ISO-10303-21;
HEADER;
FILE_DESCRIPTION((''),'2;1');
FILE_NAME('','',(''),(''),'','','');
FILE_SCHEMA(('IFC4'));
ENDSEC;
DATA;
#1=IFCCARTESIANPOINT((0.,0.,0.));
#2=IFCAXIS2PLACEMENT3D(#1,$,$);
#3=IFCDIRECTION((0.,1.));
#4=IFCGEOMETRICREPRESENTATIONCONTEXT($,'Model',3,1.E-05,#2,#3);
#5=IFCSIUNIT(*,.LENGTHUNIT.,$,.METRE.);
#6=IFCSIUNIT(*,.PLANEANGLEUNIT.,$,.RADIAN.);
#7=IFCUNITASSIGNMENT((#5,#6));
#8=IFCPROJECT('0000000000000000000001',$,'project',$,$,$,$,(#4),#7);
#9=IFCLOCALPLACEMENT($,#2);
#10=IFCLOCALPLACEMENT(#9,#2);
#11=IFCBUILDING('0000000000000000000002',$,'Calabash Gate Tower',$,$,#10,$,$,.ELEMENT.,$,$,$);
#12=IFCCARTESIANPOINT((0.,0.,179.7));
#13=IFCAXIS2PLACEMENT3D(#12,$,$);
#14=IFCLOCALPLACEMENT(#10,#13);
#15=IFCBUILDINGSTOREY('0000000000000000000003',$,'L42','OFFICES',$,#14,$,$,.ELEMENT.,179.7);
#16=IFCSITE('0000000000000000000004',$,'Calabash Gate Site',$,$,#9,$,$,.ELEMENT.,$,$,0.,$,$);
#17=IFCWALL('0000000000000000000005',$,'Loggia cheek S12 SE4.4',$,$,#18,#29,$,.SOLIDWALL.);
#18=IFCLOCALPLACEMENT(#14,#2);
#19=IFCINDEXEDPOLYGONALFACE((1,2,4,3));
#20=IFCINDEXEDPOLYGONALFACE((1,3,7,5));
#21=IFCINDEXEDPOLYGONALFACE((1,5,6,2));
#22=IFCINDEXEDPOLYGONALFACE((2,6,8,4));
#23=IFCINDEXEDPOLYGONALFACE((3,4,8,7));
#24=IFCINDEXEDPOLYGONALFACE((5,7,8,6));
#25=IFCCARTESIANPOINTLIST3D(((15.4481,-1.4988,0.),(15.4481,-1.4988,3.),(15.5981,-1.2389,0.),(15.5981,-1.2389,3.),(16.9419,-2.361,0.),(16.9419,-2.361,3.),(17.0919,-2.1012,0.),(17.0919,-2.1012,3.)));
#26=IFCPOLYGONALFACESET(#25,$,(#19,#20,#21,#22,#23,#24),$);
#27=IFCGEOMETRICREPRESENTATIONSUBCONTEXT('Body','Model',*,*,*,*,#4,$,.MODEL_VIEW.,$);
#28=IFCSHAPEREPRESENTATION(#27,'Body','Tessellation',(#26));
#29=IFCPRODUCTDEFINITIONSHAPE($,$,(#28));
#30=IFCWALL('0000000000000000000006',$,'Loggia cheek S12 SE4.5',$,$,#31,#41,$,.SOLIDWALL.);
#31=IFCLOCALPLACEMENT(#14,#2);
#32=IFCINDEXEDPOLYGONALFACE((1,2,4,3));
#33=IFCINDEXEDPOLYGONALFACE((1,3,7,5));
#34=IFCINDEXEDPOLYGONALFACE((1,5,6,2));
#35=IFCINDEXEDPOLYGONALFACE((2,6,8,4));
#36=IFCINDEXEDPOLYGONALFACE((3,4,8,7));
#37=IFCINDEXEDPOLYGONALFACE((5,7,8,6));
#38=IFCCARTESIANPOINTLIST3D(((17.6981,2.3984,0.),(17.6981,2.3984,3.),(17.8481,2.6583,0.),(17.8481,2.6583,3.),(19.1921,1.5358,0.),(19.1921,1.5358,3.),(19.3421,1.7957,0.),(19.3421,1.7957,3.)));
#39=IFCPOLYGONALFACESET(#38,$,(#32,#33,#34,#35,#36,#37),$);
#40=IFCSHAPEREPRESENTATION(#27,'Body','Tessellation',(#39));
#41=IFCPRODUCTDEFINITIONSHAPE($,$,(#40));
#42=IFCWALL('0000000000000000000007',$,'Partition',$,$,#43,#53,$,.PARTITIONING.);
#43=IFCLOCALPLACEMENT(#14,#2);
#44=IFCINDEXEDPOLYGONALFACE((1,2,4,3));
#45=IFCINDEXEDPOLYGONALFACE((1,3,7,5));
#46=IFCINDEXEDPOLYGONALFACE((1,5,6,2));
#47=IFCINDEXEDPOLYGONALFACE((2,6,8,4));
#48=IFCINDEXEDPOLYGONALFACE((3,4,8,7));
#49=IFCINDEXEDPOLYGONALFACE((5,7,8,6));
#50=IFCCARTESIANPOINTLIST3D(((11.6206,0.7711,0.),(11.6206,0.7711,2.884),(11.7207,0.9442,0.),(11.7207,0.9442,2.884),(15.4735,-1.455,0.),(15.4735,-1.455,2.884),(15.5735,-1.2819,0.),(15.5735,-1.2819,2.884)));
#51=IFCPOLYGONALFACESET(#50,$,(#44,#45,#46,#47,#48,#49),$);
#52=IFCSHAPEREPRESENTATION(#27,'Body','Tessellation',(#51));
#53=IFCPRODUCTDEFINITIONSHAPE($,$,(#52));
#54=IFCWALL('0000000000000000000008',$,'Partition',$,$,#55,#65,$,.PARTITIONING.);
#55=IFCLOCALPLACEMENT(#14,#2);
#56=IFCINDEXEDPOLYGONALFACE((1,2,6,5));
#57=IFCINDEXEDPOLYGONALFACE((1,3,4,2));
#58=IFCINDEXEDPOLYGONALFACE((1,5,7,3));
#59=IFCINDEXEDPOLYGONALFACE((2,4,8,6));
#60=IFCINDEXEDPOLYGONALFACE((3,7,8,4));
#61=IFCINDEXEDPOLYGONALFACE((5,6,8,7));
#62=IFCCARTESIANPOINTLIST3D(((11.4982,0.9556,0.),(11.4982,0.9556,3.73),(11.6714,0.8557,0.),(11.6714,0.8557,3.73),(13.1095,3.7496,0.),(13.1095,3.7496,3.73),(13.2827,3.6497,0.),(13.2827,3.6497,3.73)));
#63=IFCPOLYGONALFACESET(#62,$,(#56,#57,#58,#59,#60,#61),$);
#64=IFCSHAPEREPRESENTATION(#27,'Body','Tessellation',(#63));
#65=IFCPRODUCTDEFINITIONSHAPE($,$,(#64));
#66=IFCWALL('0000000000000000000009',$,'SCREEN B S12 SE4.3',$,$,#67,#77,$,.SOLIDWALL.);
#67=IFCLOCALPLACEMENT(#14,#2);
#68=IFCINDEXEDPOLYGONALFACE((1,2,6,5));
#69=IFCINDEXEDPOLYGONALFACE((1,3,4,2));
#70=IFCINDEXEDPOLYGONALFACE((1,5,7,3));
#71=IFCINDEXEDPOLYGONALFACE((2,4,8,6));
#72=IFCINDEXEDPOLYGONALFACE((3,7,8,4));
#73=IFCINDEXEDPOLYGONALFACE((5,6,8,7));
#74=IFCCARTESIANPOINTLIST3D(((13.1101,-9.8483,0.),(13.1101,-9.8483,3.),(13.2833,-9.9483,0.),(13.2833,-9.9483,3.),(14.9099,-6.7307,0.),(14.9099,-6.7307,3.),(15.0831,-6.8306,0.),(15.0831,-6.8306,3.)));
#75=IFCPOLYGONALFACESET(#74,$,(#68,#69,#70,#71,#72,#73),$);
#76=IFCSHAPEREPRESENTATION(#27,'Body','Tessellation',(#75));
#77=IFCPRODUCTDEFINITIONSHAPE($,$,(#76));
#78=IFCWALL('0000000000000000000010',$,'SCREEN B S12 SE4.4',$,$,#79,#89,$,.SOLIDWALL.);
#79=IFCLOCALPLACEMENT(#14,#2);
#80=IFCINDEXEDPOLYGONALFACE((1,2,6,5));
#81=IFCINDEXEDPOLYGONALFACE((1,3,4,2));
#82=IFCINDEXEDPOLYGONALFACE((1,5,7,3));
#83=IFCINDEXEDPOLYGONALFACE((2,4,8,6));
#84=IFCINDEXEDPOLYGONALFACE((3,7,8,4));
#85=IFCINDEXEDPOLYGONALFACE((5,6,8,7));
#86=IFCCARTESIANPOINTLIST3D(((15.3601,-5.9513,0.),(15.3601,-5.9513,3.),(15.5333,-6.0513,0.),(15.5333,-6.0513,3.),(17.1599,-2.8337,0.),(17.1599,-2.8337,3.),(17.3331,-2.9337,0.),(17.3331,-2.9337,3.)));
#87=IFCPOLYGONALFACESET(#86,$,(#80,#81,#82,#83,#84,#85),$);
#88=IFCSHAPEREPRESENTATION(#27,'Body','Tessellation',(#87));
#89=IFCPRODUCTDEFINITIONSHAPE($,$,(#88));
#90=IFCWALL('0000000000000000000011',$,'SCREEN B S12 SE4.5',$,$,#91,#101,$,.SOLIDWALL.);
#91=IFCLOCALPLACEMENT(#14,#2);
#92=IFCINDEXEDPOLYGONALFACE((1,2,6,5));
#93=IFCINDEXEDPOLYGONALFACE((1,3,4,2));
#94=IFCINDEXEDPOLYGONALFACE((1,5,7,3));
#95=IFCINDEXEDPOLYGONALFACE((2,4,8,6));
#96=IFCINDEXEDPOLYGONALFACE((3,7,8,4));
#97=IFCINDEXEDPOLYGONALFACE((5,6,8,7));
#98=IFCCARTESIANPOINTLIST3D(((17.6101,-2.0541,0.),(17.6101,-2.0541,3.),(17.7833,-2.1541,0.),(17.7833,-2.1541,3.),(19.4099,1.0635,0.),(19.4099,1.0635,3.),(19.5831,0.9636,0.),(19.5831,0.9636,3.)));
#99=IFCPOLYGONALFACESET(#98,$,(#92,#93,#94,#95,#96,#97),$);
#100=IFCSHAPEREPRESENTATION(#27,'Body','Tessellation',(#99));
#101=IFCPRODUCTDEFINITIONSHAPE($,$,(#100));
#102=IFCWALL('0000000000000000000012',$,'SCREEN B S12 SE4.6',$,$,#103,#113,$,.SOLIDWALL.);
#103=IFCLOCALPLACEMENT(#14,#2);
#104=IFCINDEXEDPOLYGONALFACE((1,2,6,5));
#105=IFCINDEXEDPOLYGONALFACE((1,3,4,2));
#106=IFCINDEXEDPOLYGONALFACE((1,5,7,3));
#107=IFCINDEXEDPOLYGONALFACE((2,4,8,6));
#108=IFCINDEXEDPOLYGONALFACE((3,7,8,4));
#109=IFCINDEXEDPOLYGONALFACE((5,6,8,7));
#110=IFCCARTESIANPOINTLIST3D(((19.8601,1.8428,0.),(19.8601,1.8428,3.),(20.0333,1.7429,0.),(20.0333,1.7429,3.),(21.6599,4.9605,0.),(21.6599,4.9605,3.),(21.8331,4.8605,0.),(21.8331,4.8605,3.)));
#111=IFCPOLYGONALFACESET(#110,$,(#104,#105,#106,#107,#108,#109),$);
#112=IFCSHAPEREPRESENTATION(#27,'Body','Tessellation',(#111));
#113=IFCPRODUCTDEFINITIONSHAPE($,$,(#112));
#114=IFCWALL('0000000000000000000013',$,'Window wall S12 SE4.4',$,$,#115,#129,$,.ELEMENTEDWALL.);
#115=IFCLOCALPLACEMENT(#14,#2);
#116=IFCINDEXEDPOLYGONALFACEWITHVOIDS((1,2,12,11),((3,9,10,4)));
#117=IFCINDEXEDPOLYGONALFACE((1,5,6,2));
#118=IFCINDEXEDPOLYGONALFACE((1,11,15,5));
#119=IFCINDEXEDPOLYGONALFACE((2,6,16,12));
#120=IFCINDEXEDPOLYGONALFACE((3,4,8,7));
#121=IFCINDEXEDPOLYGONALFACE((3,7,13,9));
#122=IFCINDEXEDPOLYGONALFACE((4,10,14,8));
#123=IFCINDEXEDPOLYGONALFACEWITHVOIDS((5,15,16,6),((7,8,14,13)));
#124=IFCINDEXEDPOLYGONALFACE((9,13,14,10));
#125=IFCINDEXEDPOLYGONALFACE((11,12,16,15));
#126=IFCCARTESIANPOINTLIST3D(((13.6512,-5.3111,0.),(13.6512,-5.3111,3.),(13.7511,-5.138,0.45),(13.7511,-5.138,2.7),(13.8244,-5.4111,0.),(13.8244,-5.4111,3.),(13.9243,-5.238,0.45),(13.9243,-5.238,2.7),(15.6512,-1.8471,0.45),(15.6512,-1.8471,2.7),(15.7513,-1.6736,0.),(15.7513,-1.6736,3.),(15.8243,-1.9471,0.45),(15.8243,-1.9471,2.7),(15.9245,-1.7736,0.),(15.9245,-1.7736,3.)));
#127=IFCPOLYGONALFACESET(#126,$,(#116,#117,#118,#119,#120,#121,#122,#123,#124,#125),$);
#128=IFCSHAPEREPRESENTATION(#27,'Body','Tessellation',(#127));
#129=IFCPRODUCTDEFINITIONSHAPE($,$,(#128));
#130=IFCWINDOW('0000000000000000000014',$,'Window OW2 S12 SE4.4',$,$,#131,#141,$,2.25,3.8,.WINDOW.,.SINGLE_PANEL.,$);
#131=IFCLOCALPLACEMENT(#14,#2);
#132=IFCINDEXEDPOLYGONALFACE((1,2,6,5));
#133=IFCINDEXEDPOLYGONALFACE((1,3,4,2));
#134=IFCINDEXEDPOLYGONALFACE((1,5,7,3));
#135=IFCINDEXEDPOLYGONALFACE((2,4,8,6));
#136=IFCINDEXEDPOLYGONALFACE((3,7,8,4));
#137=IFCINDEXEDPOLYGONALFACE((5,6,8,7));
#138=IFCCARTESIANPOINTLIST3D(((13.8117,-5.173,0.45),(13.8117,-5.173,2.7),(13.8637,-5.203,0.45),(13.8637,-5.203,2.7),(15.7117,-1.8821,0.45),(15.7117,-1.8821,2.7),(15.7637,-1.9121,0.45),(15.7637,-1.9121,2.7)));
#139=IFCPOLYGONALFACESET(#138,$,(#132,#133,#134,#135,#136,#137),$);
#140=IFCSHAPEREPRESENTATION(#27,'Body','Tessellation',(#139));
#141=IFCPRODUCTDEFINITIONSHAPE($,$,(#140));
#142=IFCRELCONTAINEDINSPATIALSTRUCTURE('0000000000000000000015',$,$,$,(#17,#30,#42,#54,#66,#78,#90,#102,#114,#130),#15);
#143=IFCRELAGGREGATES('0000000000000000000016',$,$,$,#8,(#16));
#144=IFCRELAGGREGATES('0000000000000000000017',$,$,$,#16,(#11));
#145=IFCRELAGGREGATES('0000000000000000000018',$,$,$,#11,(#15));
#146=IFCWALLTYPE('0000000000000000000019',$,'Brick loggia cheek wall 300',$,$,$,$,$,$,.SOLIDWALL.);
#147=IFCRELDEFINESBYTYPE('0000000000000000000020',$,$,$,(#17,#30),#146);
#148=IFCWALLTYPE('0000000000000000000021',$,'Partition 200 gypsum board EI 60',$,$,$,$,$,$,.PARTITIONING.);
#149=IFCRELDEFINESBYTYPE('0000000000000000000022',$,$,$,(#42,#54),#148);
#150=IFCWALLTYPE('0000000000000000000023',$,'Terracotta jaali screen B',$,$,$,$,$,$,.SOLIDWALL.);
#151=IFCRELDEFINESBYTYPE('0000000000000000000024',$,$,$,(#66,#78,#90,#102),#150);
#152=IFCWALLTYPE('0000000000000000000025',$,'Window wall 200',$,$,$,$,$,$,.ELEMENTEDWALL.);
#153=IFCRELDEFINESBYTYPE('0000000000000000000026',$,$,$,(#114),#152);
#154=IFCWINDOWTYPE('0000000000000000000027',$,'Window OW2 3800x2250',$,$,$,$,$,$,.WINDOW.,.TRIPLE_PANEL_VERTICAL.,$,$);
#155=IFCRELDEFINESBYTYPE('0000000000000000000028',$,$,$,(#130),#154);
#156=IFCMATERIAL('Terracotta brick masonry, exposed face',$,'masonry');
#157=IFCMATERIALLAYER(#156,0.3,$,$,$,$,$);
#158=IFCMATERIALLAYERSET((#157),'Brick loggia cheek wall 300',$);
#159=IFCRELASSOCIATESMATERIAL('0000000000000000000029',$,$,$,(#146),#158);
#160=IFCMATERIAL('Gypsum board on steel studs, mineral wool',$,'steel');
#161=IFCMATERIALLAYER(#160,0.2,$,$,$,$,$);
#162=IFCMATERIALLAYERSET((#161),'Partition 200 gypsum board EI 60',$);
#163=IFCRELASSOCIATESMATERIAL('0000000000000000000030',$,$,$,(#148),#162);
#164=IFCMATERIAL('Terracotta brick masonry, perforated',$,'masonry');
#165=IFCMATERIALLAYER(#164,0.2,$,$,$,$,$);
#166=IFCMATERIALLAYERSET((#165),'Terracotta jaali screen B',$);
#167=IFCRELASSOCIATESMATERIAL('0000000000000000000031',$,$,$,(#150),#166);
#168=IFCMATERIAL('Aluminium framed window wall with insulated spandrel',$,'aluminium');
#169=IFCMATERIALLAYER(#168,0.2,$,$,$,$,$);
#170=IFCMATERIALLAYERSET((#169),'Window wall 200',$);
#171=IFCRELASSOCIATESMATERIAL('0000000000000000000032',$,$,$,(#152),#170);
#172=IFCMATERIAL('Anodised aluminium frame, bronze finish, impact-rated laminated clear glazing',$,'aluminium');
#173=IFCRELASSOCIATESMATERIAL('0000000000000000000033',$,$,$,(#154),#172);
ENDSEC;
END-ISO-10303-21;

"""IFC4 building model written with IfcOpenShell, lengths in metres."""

from ifc_helpers import new_model, si_unit, direction, frame, frame_2d, origin, place, context, subcontext, project, spatial, rectangle, extrude, material, layer, layer_set, type_object, element, fill, save


model = new_model("IFC4")

# Units and contexts
model_context = context("Model", 3, precision=1e-05, world=origin(), true_north=direction((0.0, 1.0)))
body_context = subcontext(model_context, "Body", "Model", "MODEL_VIEW")
ifc_project = project(units=[si_unit("LENGTHUNIT", "METRE"), si_unit("PLANEANGLEUNIT", "RADIAN")], contexts=[model_context])

# Site, building, storey
site_placement = place(None, origin())
site = spatial("IfcSite", under=ifc_project, at=site_placement, Name="Calabash Gate Site", CompositionType="ELEMENT", RefElevation=0.0)
building_placement = place(site_placement, origin())
building = spatial("IfcBuilding", under=site, at=building_placement, Name="Calabash Gate Tower", CompositionType="ELEMENT")
storey_placement = place(building_placement, frame((0.0, 0.0, 179.7)))
storey = spatial("IfcBuildingStorey", under=building, at=storey_placement, Name="L42", Description="OFFICES", CompositionType="ELEMENT", Elevation=179.7)

# Walls
ifc_material_1 = material(Name="Terracotta brick masonry, exposed face", Category="masonry")
ifc_layer_1 = layer(ifc_material_1, 0.3)
ifc_layer_set_1 = layer_set([ifc_layer_1], Name="Brick loggia cheek wall 300")
wall_type_1 = type_object("IfcWallType", Name="Brick loggia cheek wall 300", PredefinedType="SOLIDWALL", material=ifc_layer_set_1)
wall_1_placement = place(storey_placement, frame((15.5232, -1.3689, 0.0), z_axis=(0.0, 0.0, 1.0), x_axis=(0.866075, -0.499914, 0.0)))
element("IfcWall", 1, at=wall_1_placement, inside=storey, type_object=wall_type_1, Name="Loggia cheek S12 SE4.4", PredefinedType="SOLIDWALL", context=body_context, shape_type="SweptSolid", body=[
    extrude(rectangle(XDim=1.7249, YDim=0.3, at=frame_2d((0.8623, 0.0))), origin(), (0.0, 0.0, 1.0), 3.0),
])
wall_2_placement = place(storey_placement, frame((19.2671, 1.6658, 0.0), z_axis=(0.0, 0.0, 1.0), x_axis=(-0.866014, 0.500021, 0.0)))
element("IfcWall", 2, at=wall_2_placement, inside=storey, type_object=wall_type_1, Name="Loggia cheek S12 SE4.5", PredefinedType="SOLIDWALL", context=body_context, shape_type="SweptSolid", body=[
    extrude(rectangle(XDim=1.7251, YDim=0.3, at=frame_2d((0.8625, 0.0))), origin(), (0.0, 0.0, 1.0), 3.0),
])
ifc_material_2 = material(Name="Gypsum board on steel studs, mineral wool", Category="steel")
ifc_layer_2 = layer(ifc_material_2, 0.2)
ifc_layer_set_2 = layer_set([ifc_layer_2], Name="Partition 200 gypsum board EI 60")
wall_type_2 = type_object("IfcWallType", Name="Partition 200 gypsum board EI 60", PredefinedType="PARTITIONING", material=ifc_layer_set_2)
wall_3_placement = place(storey_placement, frame((11.6707, 0.8577, 0.0), z_axis=(0.0, 0.0, 1.0), x_axis=(0.865863, -0.500281, 0.0)))
element("IfcWall", 3, at=wall_3_placement, inside=storey, type_object=wall_type_2, Name="Partition", PredefinedType="PARTITIONING", context=body_context, shape_type="SweptSolid", body=[
    extrude(rectangle(XDim=4.4497, YDim=0.2, at=frame_2d((2.2249, 0.0))), origin(), (0.0, 0.0, 1.0), 2.884),
])
wall_4_placement = place(storey_placement, frame((11.5847, 0.9055, 0.0), z_axis=(0.0, 0.0, 1.0), x_axis=(0.499591, 0.866261, 0.0)))
element("IfcWall", 4, at=wall_4_placement, inside=storey, type_object=wall_type_2, Name="Partition", PredefinedType="PARTITIONING", context=body_context, shape_type="SweptSolid", body=[
    extrude(rectangle(XDim=3.2253, YDim=0.2, at=frame_2d((1.6128, 0.0))), origin(), (0.0, 0.0, 1.0), 3.73),
])
ifc_material_3 = material(Name="Terracotta brick masonry, perforated", Category="masonry")
ifc_layer_3 = layer(ifc_material_3, 0.2)
ifc_layer_set_3 = layer_set([ifc_layer_3], Name="Terracotta jaali screen B")
wall_type_3 = type_object("IfcWallType", Name="Terracotta jaali screen B", PredefinedType="SOLIDWALL", material=ifc_layer_set_3)
for number, where, z_axis, x_axis, name in (
    (5, (13.1968, -9.8982, 0.0), (0.0, 0.0, 1.0), (0.499961, 0.866048, 0.0), "SCREEN B S12 SE4.3"),
    (6, (15.4468, -6.0012, 0.0), (0.0, 0.0, 1.0), (0.499961, 0.866048, 0.0), "SCREEN B S12 SE4.4"),
    (7, (17.6968, -2.104, 0.0), (0.0, 0.0, 1.0), (0.499961, 0.866048, 0.0), "SCREEN B S12 SE4.5"),
    (8, (19.9468, 1.793, 0.0), (0.0, 0.0, 1.0), (0.499961, 0.866048, 0.0), "SCREEN B S12 SE4.6"),
):
    element("IfcWall", number, at=place(storey_placement, frame(where, z_axis=z_axis, x_axis=x_axis)), inside=storey, type_object=wall_type_3, Name=name, PredefinedType="SOLIDWALL", context=body_context, shape_type="SweptSolid", body=[
        extrude(rectangle(XDim=3.5999, YDim=0.2, at=frame_2d((1.7998, 0.0))), origin(), (0.0, 0.0, 1.0), 3.0),
    ])

# Wall, opening, window
ifc_material_4 = material(Name="Aluminium framed window wall with insulated spandrel", Category="aluminium")
ifc_layer_4 = layer(ifc_material_4, 0.2)
ifc_layer_set_4 = layer_set([ifc_layer_4], Name="Window wall 200")
wall_type_4 = type_object("IfcWallType", Name="Window wall 200", PredefinedType="ELEMENTEDWALL", material=ifc_layer_set_4)
wall_5_placement = place(storey_placement, frame((13.7378, -5.3611, 0.0), z_axis=(0.0, 0.0, 1.0), x_axis=(0.500003, 0.866024, 0.0)))
wall_5 = element("IfcWall", 9, at=wall_5_placement, inside=storey, type_object=wall_type_4, Name="Window wall S12 SE4.4", PredefinedType="ELEMENTEDWALL", context=body_context, shape_type="SweptSolid", body=[
    extrude(rectangle(XDim=4.2002, YDim=0.2, at=frame_2d((2.1001, 0.0))), origin(), (0.0, 0.0, 1.0), 3.0),
])
opening_1_placement = place(wall_5_placement, frame((0.2, 0.0, 0.45)))
opening_1 = element("IfcOpeningElement", 10, at=opening_1_placement, cuts=wall_5, PredefinedType="OPENING", context=body_context, shape_type="SweptSolid", body=[
    extrude(rectangle(XDim=3.8, YDim=2.25, at=frame_2d((1.8999, 1.125))), frame((0.0, 0.1099, 0.0), z_axis=(0.0, -1.0, 0.0), x_axis=(1.0, 0.0, 0.0)), (0.0, 0.0, 1.0), 0.22),
])
ifc_material_5 = material(Name="Anodised aluminium frame, bronze finish, impact-rated laminated clear glazing", Category="aluminium")
window_type_1 = type_object("IfcWindowType", Name="Window OW2 3800x2250", PartitioningType="TRIPLE_PANEL_VERTICAL", PredefinedType="WINDOW", material=ifc_material_5)
window_1_placement = place(opening_1_placement, origin())
window_1 = element("IfcWindow", 11, at=window_1_placement, inside=storey, type_object=window_type_1, Name="Window OW2 S12 SE4.4", OverallHeight=2.25, OverallWidth=3.8, PartitioningType="SINGLE_PANEL", PredefinedType="WINDOW", context=body_context, shape_type="SweptSolid", body=[
    extrude(rectangle(XDim=3.8, YDim=2.25, at=frame_2d((1.8999, 1.125))), frame((0.0, 0.03, 0.0), z_axis=(0.0, -1.0, 0.0), x_axis=(1.0, 0.0, 0.0)), (0.0, 0.0, 1.0), 0.0601),
])
fill(opening_1, window_1)

save(model, "model.ifc")
